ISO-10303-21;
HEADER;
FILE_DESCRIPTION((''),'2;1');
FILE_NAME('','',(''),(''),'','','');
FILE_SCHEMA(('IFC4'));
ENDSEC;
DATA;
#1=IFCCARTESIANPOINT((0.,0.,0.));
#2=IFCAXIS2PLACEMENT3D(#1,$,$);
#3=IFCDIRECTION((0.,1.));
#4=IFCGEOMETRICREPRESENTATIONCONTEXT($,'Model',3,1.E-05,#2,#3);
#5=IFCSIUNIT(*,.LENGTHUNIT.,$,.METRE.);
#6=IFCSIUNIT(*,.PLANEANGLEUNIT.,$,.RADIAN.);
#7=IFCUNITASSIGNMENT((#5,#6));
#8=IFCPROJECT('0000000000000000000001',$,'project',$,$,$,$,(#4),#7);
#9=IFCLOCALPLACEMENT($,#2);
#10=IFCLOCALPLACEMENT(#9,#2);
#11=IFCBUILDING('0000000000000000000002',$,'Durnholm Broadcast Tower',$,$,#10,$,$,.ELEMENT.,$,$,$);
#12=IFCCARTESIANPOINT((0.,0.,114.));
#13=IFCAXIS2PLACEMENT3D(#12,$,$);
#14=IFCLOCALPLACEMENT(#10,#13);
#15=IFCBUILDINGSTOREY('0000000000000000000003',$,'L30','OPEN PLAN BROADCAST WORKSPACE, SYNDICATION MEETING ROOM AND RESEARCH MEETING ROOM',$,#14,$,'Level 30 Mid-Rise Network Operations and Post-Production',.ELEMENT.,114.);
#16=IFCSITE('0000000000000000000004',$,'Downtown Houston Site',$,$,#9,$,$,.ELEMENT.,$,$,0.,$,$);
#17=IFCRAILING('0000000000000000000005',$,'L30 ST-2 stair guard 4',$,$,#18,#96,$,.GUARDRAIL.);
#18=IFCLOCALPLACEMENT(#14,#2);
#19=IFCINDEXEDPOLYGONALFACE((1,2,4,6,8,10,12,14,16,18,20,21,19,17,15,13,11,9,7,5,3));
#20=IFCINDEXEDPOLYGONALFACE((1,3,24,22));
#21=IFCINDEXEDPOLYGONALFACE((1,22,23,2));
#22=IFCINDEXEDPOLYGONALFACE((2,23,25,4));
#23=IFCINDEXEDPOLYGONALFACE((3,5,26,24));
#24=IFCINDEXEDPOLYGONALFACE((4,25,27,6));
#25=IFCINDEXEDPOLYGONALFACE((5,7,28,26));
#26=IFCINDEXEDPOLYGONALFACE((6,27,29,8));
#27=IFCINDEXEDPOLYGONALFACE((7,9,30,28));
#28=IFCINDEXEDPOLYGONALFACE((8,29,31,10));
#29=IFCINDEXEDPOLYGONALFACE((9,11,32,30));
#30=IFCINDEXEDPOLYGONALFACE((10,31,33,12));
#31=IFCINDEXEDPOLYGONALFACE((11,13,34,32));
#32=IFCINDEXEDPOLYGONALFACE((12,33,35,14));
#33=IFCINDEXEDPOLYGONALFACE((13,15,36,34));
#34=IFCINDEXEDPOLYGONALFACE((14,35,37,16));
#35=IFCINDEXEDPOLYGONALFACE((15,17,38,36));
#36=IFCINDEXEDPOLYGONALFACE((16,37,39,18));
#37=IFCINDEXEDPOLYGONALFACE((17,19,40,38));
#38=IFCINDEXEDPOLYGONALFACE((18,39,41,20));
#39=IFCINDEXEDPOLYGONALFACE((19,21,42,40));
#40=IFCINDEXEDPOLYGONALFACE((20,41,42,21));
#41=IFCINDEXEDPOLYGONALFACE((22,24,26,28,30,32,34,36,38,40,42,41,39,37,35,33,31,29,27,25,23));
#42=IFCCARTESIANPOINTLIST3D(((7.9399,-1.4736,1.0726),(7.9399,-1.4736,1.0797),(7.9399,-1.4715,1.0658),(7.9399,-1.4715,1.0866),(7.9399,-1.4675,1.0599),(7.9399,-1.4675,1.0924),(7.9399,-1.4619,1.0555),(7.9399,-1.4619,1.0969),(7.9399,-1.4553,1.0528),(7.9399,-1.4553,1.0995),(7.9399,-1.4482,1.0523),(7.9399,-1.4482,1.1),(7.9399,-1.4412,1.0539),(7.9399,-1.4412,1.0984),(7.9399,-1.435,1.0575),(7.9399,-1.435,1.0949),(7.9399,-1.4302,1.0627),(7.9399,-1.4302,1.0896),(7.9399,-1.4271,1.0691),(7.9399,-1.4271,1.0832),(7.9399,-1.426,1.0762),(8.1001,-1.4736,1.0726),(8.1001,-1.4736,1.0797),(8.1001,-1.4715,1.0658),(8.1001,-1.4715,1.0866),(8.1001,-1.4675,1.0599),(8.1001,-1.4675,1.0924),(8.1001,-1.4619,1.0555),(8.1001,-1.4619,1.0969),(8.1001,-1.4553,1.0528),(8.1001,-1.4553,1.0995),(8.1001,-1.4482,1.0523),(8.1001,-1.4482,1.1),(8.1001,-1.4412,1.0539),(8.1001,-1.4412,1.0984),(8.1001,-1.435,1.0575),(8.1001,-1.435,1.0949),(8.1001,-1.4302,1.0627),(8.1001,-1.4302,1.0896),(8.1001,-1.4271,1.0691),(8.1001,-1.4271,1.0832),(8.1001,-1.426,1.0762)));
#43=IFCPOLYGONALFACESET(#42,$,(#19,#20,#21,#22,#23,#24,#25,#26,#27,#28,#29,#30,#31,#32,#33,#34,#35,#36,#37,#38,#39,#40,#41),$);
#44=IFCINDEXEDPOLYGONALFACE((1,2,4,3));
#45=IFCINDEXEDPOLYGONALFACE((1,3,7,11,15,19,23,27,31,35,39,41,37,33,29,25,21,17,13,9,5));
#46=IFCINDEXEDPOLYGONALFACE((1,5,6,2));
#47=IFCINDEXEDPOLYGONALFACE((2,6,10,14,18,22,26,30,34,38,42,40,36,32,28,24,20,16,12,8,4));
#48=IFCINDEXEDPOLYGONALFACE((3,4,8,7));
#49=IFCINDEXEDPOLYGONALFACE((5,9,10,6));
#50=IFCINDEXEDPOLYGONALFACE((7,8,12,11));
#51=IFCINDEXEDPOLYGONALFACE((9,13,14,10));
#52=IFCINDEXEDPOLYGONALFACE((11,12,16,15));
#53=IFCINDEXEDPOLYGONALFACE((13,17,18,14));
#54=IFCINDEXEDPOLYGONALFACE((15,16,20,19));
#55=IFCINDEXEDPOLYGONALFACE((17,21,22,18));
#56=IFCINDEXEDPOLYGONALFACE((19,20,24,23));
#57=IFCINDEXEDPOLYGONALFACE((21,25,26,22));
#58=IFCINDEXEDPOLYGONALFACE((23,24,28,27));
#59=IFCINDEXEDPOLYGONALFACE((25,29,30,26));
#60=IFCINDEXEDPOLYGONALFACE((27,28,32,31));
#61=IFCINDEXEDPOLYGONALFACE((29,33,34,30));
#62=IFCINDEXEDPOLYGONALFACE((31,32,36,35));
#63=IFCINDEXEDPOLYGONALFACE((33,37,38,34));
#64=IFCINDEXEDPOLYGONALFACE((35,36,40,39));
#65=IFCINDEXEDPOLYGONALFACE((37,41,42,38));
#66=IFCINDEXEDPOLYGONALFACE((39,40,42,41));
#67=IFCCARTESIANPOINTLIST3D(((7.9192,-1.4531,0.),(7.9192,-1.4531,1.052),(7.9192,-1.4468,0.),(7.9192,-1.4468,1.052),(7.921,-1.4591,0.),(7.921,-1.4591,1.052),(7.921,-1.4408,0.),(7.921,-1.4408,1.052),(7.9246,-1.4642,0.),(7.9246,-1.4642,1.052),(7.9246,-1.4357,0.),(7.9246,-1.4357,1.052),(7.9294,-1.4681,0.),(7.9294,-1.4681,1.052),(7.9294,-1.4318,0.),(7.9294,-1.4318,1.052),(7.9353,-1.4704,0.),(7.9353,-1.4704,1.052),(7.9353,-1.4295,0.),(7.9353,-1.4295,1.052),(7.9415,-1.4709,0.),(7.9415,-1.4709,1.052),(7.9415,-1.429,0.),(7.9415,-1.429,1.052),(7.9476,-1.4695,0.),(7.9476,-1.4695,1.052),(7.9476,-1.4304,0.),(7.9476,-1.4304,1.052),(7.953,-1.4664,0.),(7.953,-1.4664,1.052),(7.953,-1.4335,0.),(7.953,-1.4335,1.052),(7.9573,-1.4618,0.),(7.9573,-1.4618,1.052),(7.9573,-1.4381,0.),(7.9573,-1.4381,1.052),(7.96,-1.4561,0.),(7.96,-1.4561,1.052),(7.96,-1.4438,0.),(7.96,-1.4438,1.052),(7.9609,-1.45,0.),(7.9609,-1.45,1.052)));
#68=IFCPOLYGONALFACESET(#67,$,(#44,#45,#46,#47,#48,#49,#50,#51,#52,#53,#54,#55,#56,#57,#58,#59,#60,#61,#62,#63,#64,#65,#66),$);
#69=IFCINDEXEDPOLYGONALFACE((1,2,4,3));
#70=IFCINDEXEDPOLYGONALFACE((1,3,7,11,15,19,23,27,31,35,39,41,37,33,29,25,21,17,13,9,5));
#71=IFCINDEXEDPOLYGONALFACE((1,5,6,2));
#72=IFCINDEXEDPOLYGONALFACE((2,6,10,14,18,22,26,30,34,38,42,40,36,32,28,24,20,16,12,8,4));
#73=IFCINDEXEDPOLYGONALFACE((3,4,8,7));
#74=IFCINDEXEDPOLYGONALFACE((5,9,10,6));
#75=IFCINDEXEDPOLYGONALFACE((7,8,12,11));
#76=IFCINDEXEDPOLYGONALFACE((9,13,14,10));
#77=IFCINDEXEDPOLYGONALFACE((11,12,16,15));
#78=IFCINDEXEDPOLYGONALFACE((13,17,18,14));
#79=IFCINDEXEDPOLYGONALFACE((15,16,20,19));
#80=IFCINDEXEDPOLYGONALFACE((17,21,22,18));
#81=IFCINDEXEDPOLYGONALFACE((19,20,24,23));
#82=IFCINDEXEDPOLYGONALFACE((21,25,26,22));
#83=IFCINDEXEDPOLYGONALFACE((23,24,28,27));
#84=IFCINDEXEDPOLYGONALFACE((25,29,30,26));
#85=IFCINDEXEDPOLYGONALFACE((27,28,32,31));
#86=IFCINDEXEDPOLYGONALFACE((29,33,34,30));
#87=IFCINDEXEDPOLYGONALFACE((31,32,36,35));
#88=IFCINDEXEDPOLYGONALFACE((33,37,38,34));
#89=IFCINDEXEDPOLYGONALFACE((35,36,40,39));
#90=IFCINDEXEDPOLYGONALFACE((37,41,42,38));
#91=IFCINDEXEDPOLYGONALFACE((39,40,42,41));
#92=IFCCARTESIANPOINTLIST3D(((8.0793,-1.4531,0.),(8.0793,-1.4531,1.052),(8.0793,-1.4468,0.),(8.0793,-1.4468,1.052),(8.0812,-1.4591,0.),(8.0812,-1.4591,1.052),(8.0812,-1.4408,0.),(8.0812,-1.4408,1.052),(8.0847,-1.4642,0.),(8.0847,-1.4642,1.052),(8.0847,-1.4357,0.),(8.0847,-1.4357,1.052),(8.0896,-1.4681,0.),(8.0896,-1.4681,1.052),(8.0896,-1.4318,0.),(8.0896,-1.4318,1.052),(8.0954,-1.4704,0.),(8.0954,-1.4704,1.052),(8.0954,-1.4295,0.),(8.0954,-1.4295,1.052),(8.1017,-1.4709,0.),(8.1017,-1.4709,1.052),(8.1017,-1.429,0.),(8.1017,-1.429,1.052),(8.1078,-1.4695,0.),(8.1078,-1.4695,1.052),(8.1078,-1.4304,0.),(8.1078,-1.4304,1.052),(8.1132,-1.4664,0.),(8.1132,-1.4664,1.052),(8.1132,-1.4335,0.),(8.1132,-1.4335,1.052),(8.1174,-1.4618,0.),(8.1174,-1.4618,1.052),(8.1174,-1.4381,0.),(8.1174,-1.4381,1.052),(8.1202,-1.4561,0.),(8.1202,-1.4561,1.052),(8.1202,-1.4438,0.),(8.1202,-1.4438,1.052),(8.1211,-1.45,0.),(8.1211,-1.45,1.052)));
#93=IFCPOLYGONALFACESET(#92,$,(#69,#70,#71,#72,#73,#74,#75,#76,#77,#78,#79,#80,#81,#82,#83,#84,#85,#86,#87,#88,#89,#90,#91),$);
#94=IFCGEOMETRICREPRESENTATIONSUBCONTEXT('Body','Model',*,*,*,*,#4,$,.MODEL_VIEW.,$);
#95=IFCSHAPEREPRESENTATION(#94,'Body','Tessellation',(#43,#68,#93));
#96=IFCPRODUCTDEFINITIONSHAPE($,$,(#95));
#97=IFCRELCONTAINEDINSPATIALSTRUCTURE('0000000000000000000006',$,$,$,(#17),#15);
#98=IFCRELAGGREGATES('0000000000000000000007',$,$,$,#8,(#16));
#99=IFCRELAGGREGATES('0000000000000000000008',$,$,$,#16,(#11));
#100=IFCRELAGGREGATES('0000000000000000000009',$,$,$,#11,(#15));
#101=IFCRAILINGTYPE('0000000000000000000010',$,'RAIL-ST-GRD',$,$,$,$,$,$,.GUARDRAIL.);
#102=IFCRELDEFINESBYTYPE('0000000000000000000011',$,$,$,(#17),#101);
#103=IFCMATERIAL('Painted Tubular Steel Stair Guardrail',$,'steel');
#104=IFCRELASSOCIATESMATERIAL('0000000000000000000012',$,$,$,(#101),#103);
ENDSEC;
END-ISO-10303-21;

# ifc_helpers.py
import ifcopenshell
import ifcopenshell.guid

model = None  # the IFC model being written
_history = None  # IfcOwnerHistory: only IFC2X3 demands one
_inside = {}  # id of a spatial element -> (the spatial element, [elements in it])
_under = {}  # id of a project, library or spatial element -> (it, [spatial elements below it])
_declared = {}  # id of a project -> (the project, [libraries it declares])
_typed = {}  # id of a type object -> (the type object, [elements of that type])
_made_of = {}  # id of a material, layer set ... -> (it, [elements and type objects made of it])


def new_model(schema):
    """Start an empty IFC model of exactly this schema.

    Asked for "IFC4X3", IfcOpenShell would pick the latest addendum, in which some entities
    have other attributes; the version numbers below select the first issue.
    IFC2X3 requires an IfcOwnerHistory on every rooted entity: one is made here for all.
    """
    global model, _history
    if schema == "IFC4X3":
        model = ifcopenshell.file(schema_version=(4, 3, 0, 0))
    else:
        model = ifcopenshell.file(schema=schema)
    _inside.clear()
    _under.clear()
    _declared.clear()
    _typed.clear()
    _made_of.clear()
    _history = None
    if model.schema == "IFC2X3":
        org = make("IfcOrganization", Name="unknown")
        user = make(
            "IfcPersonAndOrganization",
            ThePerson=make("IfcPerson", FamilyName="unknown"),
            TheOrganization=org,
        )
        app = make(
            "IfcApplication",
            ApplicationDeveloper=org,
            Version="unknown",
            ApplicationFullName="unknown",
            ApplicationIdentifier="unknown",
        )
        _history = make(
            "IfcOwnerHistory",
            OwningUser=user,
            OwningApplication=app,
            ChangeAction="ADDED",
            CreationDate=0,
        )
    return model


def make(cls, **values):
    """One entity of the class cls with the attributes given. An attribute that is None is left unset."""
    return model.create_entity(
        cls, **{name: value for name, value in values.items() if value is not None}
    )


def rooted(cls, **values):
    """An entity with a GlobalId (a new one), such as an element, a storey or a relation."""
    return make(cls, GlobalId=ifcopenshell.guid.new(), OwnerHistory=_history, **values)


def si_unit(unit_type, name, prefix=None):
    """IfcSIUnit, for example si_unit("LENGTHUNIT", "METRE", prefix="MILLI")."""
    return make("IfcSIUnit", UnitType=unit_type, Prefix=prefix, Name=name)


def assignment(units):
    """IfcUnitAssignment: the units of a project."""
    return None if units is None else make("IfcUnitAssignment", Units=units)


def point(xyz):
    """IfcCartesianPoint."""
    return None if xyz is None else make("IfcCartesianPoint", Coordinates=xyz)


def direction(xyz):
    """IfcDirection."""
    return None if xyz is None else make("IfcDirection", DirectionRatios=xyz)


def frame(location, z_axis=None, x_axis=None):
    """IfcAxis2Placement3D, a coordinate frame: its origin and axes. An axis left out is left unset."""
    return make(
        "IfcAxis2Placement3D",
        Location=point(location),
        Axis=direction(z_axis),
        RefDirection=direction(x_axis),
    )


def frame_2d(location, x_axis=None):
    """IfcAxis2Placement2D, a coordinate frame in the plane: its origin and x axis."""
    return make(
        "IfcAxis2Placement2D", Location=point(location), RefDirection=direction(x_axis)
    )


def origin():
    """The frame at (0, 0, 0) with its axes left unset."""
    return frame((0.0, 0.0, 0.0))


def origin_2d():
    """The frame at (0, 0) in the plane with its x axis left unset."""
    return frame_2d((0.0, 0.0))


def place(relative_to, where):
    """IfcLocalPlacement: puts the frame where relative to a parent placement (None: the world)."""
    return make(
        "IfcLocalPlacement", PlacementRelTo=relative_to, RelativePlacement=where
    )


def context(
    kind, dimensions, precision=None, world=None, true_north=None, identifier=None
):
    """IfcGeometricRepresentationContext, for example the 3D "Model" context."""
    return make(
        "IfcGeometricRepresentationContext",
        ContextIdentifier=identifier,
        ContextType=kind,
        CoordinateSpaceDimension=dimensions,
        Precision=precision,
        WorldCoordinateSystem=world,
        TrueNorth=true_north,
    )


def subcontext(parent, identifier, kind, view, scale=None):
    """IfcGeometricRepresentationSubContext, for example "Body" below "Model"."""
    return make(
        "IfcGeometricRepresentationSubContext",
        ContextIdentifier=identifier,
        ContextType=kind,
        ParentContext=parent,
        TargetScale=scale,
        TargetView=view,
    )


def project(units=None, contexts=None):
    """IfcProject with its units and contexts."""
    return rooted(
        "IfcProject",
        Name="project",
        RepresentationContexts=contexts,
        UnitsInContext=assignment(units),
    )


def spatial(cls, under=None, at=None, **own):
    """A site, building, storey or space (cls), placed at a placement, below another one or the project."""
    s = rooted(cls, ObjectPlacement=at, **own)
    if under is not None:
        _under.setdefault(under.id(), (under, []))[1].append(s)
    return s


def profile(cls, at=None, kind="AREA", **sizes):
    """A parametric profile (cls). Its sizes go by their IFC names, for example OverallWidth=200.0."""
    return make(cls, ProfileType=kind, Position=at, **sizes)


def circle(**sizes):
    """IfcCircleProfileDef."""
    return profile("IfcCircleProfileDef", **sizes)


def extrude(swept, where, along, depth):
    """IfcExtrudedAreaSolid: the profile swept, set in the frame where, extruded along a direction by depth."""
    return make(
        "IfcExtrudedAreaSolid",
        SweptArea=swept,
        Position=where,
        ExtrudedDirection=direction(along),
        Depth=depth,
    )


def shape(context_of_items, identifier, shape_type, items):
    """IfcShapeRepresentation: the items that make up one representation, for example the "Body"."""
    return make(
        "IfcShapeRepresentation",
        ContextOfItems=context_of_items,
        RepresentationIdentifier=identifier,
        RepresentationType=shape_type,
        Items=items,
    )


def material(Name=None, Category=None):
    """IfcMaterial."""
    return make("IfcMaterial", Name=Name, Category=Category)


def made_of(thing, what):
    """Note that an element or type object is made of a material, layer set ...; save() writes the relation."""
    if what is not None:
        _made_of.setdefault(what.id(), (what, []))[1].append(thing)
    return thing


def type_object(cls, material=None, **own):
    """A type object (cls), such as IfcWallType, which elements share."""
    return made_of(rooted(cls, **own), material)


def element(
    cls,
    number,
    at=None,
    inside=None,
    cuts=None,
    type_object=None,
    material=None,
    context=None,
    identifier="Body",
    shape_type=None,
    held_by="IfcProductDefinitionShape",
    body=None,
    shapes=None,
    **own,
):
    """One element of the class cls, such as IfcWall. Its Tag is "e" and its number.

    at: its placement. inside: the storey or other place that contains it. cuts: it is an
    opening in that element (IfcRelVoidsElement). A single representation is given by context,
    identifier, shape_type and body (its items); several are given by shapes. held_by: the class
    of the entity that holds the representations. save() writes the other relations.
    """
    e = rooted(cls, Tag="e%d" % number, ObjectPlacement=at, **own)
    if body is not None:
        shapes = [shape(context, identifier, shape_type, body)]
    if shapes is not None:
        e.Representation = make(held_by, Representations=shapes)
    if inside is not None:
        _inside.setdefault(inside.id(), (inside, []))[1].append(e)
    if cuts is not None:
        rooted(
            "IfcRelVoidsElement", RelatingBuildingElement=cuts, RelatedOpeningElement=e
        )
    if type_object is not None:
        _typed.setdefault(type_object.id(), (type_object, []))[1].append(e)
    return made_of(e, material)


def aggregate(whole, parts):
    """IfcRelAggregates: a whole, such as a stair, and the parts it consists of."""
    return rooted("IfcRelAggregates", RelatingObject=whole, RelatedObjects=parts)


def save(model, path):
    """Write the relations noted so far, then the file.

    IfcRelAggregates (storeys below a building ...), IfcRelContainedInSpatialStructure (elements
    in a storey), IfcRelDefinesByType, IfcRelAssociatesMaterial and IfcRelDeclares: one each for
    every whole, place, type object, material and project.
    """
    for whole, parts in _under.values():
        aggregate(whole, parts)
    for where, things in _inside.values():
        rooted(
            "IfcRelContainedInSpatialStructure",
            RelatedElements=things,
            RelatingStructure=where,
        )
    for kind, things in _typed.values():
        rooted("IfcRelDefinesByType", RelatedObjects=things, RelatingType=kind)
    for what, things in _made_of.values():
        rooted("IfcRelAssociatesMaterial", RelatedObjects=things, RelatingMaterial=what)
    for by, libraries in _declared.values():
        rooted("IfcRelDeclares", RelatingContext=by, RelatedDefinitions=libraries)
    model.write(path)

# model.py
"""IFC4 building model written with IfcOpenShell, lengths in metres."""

from ifc_helpers import new_model, si_unit, direction, frame, origin, origin_2d, place, context, subcontext, project, spatial, circle, extrude, material, type_object, element, save


model = new_model("IFC4")

# Units and contexts
model_context = context("Model", 3, precision=1e-05, world=origin(), true_north=direction((0.0, 1.0)))
body_context = subcontext(model_context, "Body", "Model", "MODEL_VIEW")
ifc_project = project(units=[si_unit("LENGTHUNIT", "METRE"), si_unit("PLANEANGLEUNIT", "RADIAN")], contexts=[model_context])

# Site, building, storey
site_placement = place(None, origin())
site = spatial("IfcSite", under=ifc_project, at=site_placement, Name="Downtown Houston Site", CompositionType="ELEMENT", RefElevation=0.0)
building_placement = place(site_placement, origin())
building = spatial("IfcBuilding", under=site, at=building_placement, Name="Durnholm Broadcast Tower", CompositionType="ELEMENT")
storey_placement = place(building_placement, frame((0.0, 0.0, 114.0)))
storey = spatial("IfcBuildingStorey", under=building, at=storey_placement, Name="L30", Description="OPEN PLAN BROADCAST WORKSPACE, SYNDICATION MEETING ROOM AND RESEARCH MEETING ROOM", LongName="Level 30 Mid-Rise Network Operations and Post-Production", CompositionType="ELEMENT", Elevation=114.0)

# Railing
ifc_material_1 = material(Name="Painted Tubular Steel Stair Guardrail", Category="steel")
railing_type_1 = type_object("IfcRailingType", Name="RAIL-ST-GRD", PredefinedType="GUARDRAIL", material=ifc_material_1)
railing_1_placement = place(storey_placement, frame((7.9399, -1.45, 0.0)))
element("IfcRailing", 1, at=railing_1_placement, inside=storey, type_object=railing_type_1, Name="L30 ST-2 stair guard 4", PredefinedType="GUARDRAIL", context=body_context, shape_type="SweptSolid", body=[
    extrude(circle(Radius=0.0239, at=origin_2d()), frame((0.0, 0.0, 1.0762), z_axis=(1.0, 0.0, 0.0), x_axis=(0.0, 1.0, 0.0)), (0.0, 0.0, 1.0), 0.1602),
    extrude(circle(Radius=0.021, at=origin_2d()), origin(), (0.0, 0.0, 1.0), 1.052),
    extrude(circle(Radius=0.021, at=origin_2d()), frame((0.1602, 0.0, 0.0)), (0.0, 0.0, 1.0), 1.052),
])

save(model, "model.ifc")
